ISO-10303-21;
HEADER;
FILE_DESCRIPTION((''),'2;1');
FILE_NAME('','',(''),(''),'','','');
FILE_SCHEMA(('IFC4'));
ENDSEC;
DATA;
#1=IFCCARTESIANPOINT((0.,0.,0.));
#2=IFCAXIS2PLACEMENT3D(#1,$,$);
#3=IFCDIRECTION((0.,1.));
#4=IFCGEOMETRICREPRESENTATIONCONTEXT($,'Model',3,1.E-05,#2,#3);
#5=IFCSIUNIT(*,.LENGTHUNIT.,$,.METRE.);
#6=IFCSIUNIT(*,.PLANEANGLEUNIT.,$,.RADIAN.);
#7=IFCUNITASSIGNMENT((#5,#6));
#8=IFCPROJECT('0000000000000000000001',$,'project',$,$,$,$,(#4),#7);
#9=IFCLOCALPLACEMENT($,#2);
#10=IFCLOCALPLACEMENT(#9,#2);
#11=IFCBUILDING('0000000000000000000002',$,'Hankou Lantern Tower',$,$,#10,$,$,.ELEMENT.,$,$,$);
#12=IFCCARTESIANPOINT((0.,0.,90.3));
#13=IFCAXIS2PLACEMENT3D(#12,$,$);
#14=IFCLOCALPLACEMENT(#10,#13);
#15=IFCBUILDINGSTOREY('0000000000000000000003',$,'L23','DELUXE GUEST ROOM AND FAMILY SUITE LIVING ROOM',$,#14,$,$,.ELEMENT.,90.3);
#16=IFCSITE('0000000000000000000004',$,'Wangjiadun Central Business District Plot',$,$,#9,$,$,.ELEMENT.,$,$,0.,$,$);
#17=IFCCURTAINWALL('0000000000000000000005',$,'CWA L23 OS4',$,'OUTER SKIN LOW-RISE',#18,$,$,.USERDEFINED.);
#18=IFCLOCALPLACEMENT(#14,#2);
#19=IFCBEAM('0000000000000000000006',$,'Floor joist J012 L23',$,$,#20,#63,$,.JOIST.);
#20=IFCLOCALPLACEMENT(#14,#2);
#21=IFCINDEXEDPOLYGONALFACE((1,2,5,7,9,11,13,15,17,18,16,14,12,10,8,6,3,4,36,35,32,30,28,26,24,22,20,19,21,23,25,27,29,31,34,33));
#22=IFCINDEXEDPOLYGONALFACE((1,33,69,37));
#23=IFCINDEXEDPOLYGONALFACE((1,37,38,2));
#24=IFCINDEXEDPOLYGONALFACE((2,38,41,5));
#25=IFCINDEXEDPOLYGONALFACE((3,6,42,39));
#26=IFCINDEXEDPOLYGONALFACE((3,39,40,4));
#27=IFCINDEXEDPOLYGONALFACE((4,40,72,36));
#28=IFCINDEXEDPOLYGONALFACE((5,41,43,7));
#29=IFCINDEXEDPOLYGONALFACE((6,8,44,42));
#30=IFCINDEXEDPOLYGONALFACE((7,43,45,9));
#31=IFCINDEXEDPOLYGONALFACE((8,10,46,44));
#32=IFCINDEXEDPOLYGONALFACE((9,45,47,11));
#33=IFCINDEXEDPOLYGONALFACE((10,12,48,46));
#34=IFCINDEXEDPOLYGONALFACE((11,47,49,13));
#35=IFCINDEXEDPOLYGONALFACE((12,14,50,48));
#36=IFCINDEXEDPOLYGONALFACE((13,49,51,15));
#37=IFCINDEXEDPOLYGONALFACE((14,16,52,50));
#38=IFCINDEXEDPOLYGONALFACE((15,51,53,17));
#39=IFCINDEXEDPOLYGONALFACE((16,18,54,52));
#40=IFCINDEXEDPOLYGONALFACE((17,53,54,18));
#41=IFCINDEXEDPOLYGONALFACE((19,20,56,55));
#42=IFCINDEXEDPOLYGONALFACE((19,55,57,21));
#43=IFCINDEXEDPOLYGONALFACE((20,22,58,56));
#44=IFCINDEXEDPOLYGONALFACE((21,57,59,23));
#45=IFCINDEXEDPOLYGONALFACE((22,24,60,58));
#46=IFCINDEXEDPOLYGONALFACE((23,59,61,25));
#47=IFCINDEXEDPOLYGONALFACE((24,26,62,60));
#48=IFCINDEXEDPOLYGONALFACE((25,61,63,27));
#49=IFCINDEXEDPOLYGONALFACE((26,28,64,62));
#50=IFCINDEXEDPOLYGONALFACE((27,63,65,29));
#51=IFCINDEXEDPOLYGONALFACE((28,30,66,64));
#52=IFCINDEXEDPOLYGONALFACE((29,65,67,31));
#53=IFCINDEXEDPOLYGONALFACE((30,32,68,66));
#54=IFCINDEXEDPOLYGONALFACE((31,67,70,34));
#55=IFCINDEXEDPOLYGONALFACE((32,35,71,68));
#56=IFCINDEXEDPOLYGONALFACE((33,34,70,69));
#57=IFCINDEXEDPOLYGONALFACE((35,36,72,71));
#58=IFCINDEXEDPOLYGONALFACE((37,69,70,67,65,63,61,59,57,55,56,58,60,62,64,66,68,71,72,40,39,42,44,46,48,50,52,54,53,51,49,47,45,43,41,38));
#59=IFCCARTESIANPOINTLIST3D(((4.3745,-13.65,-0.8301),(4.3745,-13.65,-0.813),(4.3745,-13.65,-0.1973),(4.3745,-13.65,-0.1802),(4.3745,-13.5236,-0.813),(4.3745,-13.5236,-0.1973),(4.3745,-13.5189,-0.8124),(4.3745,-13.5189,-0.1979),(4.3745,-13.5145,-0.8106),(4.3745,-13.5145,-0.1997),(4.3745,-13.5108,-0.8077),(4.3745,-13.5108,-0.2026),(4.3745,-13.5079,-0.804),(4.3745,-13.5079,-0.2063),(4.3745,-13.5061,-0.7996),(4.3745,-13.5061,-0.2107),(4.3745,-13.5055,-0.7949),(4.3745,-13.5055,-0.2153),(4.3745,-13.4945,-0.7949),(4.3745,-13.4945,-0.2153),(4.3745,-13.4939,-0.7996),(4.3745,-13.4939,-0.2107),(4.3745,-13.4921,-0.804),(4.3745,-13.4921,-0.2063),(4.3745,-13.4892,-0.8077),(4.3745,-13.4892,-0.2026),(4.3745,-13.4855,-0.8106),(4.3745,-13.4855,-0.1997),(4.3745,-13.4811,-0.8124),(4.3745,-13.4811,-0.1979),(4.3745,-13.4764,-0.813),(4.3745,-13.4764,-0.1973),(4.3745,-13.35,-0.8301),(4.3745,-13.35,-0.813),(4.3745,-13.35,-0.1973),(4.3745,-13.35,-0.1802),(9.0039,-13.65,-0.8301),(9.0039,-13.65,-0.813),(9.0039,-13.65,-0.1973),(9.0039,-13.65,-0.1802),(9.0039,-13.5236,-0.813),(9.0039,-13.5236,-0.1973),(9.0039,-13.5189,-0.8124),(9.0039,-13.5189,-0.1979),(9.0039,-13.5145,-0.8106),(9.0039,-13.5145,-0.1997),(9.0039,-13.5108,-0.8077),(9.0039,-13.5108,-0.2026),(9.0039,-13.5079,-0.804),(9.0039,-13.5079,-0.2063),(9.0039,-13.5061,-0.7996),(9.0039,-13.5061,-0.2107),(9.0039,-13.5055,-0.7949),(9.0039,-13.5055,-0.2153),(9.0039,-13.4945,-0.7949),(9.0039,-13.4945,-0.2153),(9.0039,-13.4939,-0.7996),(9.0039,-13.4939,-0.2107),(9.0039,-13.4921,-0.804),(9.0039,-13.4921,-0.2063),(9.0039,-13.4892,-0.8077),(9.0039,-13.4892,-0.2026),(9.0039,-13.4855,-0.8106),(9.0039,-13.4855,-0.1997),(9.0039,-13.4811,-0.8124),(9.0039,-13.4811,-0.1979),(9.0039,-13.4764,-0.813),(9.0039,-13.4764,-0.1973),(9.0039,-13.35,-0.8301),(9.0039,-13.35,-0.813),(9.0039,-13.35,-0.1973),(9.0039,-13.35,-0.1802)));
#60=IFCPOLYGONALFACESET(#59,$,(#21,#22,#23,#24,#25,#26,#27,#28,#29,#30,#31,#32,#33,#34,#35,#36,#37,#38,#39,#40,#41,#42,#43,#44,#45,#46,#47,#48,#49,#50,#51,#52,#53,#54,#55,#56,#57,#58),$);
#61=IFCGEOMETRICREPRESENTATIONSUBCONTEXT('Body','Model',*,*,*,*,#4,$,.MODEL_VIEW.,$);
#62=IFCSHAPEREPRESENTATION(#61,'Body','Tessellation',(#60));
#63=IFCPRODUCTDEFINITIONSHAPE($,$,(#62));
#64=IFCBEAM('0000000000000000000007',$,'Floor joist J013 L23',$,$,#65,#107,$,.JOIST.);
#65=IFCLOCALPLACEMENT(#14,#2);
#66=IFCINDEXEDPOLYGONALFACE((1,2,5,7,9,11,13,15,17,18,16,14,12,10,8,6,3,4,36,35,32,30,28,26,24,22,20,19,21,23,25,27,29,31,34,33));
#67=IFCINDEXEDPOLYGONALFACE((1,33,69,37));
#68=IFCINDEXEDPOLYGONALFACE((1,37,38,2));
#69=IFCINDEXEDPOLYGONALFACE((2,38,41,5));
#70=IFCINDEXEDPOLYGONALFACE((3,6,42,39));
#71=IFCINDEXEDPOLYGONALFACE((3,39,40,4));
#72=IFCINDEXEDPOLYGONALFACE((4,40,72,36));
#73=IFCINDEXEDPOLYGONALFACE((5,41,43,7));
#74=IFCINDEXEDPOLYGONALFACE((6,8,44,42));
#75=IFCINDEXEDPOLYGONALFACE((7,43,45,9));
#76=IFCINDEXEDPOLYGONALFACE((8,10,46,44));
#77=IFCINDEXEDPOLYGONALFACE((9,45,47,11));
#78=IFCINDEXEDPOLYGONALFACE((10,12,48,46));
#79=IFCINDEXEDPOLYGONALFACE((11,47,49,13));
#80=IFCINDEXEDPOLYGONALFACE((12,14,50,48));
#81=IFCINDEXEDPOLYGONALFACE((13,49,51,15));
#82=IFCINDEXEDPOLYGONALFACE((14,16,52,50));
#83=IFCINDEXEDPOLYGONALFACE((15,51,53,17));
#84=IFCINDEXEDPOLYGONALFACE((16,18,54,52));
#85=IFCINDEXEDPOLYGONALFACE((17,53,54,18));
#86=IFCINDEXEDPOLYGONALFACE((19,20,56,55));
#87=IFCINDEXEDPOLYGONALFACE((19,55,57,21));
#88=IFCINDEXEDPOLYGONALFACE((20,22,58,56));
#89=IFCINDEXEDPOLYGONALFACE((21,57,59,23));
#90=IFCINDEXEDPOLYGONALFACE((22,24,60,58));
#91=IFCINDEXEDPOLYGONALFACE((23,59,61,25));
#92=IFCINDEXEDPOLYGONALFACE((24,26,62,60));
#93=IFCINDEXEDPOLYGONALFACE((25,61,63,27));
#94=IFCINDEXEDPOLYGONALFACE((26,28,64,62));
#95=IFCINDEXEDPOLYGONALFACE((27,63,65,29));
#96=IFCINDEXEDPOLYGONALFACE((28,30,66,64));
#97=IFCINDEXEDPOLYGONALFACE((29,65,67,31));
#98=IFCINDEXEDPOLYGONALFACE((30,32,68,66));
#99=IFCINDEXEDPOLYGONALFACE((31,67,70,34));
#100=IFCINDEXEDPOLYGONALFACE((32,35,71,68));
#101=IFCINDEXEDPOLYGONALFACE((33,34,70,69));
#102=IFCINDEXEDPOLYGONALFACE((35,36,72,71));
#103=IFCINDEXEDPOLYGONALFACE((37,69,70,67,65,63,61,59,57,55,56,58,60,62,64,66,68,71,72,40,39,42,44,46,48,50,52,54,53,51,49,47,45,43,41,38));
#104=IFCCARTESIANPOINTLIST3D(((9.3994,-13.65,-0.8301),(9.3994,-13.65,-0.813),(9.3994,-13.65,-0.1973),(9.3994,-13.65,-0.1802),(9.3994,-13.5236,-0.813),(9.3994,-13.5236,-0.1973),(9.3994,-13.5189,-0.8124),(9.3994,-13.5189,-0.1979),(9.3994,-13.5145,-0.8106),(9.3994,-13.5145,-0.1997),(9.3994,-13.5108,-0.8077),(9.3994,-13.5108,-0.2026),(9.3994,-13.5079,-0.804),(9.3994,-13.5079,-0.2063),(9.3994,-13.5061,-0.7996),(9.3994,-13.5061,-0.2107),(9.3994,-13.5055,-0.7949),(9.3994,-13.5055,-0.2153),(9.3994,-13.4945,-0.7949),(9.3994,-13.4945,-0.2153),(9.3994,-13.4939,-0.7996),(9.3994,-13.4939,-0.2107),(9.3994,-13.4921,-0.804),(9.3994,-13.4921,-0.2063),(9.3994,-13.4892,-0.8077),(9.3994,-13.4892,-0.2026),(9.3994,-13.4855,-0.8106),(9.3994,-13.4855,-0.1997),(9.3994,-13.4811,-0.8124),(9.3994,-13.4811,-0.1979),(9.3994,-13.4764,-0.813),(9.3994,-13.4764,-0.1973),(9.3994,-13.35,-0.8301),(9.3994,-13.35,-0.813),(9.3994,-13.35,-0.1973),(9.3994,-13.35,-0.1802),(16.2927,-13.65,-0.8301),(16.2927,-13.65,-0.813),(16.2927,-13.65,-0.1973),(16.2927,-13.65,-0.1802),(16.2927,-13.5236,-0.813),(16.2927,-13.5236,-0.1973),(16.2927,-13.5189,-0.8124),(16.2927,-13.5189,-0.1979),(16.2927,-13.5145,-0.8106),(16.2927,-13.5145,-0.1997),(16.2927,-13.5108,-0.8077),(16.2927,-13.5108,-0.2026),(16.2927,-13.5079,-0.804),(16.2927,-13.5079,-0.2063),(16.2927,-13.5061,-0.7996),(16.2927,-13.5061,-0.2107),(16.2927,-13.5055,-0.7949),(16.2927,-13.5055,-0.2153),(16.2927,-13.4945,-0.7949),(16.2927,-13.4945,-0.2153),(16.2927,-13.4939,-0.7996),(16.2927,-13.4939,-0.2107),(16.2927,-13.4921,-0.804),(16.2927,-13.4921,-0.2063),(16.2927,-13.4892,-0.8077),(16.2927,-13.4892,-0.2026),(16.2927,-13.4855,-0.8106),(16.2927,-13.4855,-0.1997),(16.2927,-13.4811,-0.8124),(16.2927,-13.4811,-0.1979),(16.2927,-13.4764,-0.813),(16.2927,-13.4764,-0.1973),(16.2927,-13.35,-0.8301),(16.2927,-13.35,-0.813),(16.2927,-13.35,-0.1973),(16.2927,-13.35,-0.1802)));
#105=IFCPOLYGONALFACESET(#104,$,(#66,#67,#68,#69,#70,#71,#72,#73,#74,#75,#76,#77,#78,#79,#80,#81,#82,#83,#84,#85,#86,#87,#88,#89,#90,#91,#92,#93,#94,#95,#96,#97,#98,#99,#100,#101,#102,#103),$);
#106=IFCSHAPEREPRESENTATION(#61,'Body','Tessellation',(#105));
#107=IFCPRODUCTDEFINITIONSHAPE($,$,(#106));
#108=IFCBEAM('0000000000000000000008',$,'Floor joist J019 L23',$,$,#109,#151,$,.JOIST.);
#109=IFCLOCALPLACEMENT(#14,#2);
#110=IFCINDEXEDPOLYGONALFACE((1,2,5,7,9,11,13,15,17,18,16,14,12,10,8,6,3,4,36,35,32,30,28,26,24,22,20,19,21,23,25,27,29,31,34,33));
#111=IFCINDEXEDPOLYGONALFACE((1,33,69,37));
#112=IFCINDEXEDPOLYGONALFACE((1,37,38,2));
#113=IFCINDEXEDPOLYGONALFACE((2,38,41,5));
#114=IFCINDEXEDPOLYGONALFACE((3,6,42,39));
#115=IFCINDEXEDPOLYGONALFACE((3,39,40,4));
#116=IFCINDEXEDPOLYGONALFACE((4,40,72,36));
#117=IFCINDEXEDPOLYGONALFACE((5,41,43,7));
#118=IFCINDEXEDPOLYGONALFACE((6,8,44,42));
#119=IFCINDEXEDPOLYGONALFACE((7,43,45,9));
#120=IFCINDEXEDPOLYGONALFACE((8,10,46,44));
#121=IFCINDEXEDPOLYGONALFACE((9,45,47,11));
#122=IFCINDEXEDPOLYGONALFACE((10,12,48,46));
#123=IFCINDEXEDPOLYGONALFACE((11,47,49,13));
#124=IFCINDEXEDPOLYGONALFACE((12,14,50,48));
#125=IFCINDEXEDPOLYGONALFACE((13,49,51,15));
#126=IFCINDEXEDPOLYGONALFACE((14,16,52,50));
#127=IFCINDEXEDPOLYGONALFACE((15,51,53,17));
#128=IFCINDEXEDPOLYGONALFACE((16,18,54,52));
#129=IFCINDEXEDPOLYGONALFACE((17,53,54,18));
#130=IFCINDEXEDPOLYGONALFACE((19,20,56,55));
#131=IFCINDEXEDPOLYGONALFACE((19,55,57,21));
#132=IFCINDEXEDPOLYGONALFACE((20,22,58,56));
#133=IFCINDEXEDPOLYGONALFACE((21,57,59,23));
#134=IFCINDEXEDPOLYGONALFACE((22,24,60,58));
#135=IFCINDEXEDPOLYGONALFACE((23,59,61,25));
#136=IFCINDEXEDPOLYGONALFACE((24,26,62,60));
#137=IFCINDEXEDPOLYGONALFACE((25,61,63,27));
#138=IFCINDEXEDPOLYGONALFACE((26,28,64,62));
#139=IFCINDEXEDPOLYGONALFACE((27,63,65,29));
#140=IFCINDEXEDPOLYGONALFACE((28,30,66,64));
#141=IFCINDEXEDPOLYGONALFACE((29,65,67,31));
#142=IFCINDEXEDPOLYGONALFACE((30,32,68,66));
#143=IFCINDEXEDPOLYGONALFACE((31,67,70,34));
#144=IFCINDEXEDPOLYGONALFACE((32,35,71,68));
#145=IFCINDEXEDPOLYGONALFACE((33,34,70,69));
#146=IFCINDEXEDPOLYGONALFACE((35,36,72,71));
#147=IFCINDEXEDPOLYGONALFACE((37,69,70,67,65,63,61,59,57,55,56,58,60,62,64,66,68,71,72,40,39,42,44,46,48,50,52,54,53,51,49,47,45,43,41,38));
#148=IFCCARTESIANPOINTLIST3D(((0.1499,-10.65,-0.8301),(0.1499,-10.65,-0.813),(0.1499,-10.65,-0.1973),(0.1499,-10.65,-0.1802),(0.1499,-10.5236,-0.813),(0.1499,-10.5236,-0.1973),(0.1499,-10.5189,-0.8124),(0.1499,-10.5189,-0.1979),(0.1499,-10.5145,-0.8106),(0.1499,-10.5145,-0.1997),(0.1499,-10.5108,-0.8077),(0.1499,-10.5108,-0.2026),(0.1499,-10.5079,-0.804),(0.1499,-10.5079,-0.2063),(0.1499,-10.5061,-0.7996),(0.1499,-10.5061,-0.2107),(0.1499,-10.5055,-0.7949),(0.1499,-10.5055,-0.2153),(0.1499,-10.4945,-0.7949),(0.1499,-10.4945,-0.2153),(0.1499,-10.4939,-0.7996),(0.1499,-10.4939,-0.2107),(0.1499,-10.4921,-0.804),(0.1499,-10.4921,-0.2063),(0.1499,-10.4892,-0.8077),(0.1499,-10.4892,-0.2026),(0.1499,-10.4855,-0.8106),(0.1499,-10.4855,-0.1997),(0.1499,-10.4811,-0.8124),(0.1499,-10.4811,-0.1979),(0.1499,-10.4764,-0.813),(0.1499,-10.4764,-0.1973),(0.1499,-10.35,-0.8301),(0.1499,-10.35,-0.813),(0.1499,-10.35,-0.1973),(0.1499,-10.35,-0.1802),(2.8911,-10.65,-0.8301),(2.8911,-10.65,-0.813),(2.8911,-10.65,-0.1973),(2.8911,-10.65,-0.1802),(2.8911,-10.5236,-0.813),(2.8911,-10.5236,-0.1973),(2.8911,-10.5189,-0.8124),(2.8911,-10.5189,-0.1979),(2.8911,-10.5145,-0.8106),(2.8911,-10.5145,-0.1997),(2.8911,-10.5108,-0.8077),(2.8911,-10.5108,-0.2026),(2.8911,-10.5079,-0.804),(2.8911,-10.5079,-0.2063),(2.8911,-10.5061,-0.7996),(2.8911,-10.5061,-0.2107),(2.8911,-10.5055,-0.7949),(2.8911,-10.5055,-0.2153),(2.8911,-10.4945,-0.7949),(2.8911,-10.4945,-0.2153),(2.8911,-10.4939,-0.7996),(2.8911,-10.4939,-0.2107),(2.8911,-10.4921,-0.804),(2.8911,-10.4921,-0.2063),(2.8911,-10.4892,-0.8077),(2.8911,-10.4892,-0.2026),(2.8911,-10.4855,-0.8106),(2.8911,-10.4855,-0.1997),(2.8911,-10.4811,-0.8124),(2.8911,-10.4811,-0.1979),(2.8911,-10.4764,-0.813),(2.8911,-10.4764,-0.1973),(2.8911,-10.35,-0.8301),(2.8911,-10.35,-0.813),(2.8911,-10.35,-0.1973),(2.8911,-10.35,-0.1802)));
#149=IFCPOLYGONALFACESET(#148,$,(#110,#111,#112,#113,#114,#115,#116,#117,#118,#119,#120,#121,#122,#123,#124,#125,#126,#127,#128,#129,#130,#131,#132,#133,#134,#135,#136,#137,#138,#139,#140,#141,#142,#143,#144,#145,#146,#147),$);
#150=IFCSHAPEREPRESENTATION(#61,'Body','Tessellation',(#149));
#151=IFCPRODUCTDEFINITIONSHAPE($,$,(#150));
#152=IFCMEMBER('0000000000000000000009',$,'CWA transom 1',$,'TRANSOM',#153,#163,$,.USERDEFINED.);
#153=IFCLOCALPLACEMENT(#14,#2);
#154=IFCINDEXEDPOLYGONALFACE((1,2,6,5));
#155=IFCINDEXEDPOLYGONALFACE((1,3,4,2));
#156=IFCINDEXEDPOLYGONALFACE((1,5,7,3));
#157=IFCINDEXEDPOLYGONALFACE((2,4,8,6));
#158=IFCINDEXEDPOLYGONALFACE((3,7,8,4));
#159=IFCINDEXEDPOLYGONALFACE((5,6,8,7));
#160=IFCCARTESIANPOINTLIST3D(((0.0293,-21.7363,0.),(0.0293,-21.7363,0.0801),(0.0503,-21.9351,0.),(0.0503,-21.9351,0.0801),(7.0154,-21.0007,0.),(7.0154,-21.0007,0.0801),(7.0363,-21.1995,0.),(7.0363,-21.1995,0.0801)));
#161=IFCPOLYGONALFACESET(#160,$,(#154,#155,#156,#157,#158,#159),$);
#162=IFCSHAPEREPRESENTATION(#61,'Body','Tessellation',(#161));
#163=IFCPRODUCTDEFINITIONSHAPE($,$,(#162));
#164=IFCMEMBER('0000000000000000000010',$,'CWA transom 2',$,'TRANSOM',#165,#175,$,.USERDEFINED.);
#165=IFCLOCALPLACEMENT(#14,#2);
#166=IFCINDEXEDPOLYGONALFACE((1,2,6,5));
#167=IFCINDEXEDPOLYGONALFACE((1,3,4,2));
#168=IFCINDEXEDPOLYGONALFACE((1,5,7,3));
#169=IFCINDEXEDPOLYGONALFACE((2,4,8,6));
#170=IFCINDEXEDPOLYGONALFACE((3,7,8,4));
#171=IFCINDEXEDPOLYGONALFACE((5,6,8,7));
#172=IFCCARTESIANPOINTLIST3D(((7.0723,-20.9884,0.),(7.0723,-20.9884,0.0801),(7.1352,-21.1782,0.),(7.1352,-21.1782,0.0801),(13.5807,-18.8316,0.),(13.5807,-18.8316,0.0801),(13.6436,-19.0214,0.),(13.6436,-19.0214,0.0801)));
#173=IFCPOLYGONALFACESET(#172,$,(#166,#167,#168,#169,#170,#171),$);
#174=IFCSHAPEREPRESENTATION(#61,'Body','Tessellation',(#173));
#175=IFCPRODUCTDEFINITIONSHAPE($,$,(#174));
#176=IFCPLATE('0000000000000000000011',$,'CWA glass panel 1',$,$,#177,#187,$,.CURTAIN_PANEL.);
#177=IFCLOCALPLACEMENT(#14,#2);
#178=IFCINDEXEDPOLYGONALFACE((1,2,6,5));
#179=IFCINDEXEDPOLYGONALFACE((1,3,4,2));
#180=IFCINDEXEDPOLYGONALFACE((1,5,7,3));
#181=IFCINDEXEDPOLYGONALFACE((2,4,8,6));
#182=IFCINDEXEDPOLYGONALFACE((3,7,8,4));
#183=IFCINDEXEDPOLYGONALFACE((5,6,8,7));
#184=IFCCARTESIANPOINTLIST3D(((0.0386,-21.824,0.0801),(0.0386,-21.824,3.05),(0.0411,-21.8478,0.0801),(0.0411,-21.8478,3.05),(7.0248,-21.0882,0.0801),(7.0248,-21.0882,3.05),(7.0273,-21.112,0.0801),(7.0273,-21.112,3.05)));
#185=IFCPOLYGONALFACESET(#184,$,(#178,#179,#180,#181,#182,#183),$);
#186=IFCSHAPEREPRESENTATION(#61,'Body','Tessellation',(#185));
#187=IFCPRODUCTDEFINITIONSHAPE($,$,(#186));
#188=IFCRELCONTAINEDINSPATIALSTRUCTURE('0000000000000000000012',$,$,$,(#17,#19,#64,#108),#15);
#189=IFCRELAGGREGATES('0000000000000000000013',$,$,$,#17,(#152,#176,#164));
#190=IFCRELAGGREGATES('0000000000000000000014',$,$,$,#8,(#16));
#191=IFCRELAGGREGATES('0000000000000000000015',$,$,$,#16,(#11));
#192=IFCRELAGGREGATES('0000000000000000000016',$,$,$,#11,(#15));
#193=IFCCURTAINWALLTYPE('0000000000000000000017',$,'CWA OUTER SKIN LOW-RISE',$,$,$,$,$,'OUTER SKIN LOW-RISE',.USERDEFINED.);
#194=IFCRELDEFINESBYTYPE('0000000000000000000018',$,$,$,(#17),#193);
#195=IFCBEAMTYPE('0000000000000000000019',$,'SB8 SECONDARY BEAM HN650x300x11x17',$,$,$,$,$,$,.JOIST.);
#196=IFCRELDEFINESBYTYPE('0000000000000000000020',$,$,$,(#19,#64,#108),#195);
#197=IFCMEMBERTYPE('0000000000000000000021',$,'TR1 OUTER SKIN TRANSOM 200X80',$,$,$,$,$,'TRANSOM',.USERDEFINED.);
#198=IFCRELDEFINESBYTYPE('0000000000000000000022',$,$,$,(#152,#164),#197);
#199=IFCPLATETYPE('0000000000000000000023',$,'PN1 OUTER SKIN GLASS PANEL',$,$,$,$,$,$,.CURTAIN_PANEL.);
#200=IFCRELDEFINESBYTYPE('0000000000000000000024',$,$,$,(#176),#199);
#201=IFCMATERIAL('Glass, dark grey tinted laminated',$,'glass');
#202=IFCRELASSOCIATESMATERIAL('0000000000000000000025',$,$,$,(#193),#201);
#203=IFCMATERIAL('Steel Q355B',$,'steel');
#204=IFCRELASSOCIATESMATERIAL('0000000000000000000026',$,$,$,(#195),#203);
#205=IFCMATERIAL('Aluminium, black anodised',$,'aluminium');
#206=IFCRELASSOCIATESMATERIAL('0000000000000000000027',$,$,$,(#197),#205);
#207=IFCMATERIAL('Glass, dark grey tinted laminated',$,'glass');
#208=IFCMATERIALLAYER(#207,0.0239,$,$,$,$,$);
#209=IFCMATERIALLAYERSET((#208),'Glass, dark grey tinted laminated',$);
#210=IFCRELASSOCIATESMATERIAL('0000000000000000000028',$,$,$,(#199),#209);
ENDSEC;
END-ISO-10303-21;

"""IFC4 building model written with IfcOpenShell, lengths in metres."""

from ifc_helpers import new_model, si_unit, direction, frame, origin, origin_2d, place, context, subcontext, project, spatial, rectangle, i_section, extrude, material, layer, layer_set, material_profile, profile_set, type_object, element, aggregate, save


model = new_model("IFC4")

# Units and contexts
model_context = context("Model", 3, precision=1e-05, world=origin(), true_north=direction((0.0, 1.0)))
body_context = subcontext(model_context, "Body", "Model", "MODEL_VIEW")
ifc_project = project(units=[si_unit("LENGTHUNIT", "METRE"), si_unit("PLANEANGLEUNIT", "RADIAN")], contexts=[model_context])

# Site, building, storey
site_placement = place(None, origin())
site = spatial("IfcSite", under=ifc_project, at=site_placement, Name="Wangjiadun Central Business District Plot", CompositionType="ELEMENT", RefElevation=0.0)
building_placement = place(site_placement, origin())
building = spatial("IfcBuilding", under=site, at=building_placement, Name="Hankou Lantern Tower", CompositionType="ELEMENT")
storey_placement = place(building_placement, frame((0.0, 0.0, 90.3)))
storey = spatial("IfcBuildingStorey", under=building, at=storey_placement, Name="L23", Description="DELUXE GUEST ROOM AND FAMILY SUITE LIVING ROOM", CompositionType="ELEMENT", Elevation=90.3)

# Curtain wall
ifc_material_1 = material(Name="Glass, dark grey tinted laminated", Category="glass")
curtain_wall_type = type_object("IfcCurtainWallType", Name="CWA OUTER SKIN LOW-RISE", ElementType="OUTER SKIN LOW-RISE", PredefinedType="USERDEFINED", material=ifc_material_1)
curtain_wall_placement = place(storey_placement, origin())
curtain_wall = element("IfcCurtainWall", 1, at=curtain_wall_placement, inside=storey, type_object=curtain_wall_type, Name="CWA L23 OS4", ObjectType="OUTER SKIN LOW-RISE", PredefinedType="USERDEFINED")

# Beams
ifc_material_2 = material(Name="Steel Q355B", Category="steel")
ifc_material_profile_1 = material_profile(ifc_material_2, i_section(OverallWidth=0.3, OverallDepth=0.6499, WebThickness=0.011, FlangeThickness=0.0171, FilletRadius=0.0181, at=origin_2d()), Name="HN650x300x11x17")
ifc_profile_set_1 = profile_set([ifc_material_profile_1], Name="Steel Q355B")
beam_type_1 = type_object("IfcBeamType", Name="SB8 SECONDARY BEAM HN650x300x11x17", PredefinedType="JOIST", material=ifc_profile_set_1)
beam_1_placement = place(storey_placement, frame((4.3745, -13.5, -0.5051), z_axis=(1.0, 0.0, 0.0), x_axis=(0.0, 1.0, 0.0)))
element("IfcBeam", 2, at=beam_1_placement, inside=storey, type_object=beam_type_1, Name="Floor joist J012 L23", PredefinedType="JOIST", context=body_context, shape_type="SweptSolid", body=[
    extrude(i_section(OverallWidth=0.3, OverallDepth=0.6499, WebThickness=0.011, FlangeThickness=0.0171, FilletRadius=0.0181, at=origin_2d()), origin(), (0.0, 0.0, 1.0), 4.6294),
])
beam_2_placement = place(storey_placement, frame((9.3994, -13.5, -0.5051), z_axis=(1.0, 0.0, 0.0), x_axis=(0.0, 1.0, 0.0)))
element("IfcBeam", 3, at=beam_2_placement, inside=storey, type_object=beam_type_1, Name="Floor joist J013 L23", PredefinedType="JOIST", context=body_context, shape_type="SweptSolid", body=[
    extrude(i_section(OverallWidth=0.3, OverallDepth=0.6499, WebThickness=0.011, FlangeThickness=0.0171, FilletRadius=0.0181, at=origin_2d()), origin(), (0.0, 0.0, 1.0), 6.8933),
])
beam_3_placement = place(storey_placement, frame((0.1499, -10.5, -0.5051), z_axis=(1.0, 0.0, 0.0), x_axis=(0.0, 1.0, 0.0)))
element("IfcBeam", 4, at=beam_3_placement, inside=storey, type_object=beam_type_1, Name="Floor joist J019 L23", PredefinedType="JOIST", context=body_context, shape_type="SweptSolid", body=[
    extrude(i_section(OverallWidth=0.3, OverallDepth=0.6499, WebThickness=0.011, FlangeThickness=0.0171, FilletRadius=0.0181, at=origin_2d()), origin(), (0.0, 0.0, 1.0), 2.7412),
])

# Members
ifc_material_3 = material(Name="Aluminium, black anodised", Category="aluminium")
ifc_material_profile_2 = material_profile(ifc_material_3, rectangle(XDim=0.2, YDim=0.0801, at=origin_2d()), Name="TR1 200X80")
ifc_profile_set_2 = profile_set([ifc_material_profile_2], Name="Aluminium, black anodised")
member_type_1 = type_object("IfcMemberType", Name="TR1 OUTER SKIN TRANSOM 200X80", ElementType="TRANSOM", PredefinedType="USERDEFINED", material=ifc_profile_set_2)
member_1_placement = place(storey_placement, frame((0.0398, -21.8357, 0.04), z_axis=(0.994502, 0.104716, 0.0), x_axis=(-0.104716, 0.994502, 0.0)))
member_1 = element("IfcMember", 5, at=member_1_placement, type_object=member_type_1, Name="CWA transom 1", ObjectType="TRANSOM", PredefinedType="USERDEFINED", context=body_context, shape_type="SweptSolid", body=[
    extrude(rectangle(XDim=0.2, YDim=0.0801, at=origin_2d()), origin(), (0.0, 0.0, 1.0), 7.0247),
])
member_2_placement = place(storey_placement, frame((7.1038, -21.0833, 0.04), z_axis=(0.949237, 0.314561, 0.0), x_axis=(-0.314561, 0.949237, 0.0)))
member_2 = element("IfcMember", 6, at=member_2_placement, type_object=member_type_1, Name="CWA transom 2", ObjectType="TRANSOM", PredefinedType="USERDEFINED", context=body_context, shape_type="SweptSolid", body=[
    extrude(rectangle(XDim=0.2, YDim=0.0801, at=origin_2d()), origin(), (0.0, 0.0, 1.0), 6.8564),
])

# Plate
ifc_material_4 = material(Name="Glass, dark grey tinted laminated", Category="glass")
ifc_layer_1 = layer(ifc_material_4, 0.0239)
ifc_layer_set_1 = layer_set([ifc_layer_1], Name="Glass, dark grey tinted laminated")
plate_type = type_object("IfcPlateType", Name="PN1 OUTER SKIN GLASS PANEL", PredefinedType="CURTAIN_PANEL", material=ifc_layer_set_1)
plate_1_placement = place(storey_placement, frame((3.533, -21.468, 0.0801), z_axis=(0.0, 0.0, 1.0), x_axis=(0.994499, 0.104743, 0.0)))
plate_1 = element("IfcPlate", 7, at=plate_1_placement, type_object=plate_type, Name="CWA glass panel 1", PredefinedType="CURTAIN_PANEL", context=body_context, shape_type="SweptSolid", body=[
    extrude(rectangle(XDim=7.0249, YDim=0.0239, at=origin_2d()), origin(), (0.0, 0.0, 1.0), 2.97),
])
aggregate(curtain_wall, [member_1, plate_1, member_2])

save(model, "model.ifc")
